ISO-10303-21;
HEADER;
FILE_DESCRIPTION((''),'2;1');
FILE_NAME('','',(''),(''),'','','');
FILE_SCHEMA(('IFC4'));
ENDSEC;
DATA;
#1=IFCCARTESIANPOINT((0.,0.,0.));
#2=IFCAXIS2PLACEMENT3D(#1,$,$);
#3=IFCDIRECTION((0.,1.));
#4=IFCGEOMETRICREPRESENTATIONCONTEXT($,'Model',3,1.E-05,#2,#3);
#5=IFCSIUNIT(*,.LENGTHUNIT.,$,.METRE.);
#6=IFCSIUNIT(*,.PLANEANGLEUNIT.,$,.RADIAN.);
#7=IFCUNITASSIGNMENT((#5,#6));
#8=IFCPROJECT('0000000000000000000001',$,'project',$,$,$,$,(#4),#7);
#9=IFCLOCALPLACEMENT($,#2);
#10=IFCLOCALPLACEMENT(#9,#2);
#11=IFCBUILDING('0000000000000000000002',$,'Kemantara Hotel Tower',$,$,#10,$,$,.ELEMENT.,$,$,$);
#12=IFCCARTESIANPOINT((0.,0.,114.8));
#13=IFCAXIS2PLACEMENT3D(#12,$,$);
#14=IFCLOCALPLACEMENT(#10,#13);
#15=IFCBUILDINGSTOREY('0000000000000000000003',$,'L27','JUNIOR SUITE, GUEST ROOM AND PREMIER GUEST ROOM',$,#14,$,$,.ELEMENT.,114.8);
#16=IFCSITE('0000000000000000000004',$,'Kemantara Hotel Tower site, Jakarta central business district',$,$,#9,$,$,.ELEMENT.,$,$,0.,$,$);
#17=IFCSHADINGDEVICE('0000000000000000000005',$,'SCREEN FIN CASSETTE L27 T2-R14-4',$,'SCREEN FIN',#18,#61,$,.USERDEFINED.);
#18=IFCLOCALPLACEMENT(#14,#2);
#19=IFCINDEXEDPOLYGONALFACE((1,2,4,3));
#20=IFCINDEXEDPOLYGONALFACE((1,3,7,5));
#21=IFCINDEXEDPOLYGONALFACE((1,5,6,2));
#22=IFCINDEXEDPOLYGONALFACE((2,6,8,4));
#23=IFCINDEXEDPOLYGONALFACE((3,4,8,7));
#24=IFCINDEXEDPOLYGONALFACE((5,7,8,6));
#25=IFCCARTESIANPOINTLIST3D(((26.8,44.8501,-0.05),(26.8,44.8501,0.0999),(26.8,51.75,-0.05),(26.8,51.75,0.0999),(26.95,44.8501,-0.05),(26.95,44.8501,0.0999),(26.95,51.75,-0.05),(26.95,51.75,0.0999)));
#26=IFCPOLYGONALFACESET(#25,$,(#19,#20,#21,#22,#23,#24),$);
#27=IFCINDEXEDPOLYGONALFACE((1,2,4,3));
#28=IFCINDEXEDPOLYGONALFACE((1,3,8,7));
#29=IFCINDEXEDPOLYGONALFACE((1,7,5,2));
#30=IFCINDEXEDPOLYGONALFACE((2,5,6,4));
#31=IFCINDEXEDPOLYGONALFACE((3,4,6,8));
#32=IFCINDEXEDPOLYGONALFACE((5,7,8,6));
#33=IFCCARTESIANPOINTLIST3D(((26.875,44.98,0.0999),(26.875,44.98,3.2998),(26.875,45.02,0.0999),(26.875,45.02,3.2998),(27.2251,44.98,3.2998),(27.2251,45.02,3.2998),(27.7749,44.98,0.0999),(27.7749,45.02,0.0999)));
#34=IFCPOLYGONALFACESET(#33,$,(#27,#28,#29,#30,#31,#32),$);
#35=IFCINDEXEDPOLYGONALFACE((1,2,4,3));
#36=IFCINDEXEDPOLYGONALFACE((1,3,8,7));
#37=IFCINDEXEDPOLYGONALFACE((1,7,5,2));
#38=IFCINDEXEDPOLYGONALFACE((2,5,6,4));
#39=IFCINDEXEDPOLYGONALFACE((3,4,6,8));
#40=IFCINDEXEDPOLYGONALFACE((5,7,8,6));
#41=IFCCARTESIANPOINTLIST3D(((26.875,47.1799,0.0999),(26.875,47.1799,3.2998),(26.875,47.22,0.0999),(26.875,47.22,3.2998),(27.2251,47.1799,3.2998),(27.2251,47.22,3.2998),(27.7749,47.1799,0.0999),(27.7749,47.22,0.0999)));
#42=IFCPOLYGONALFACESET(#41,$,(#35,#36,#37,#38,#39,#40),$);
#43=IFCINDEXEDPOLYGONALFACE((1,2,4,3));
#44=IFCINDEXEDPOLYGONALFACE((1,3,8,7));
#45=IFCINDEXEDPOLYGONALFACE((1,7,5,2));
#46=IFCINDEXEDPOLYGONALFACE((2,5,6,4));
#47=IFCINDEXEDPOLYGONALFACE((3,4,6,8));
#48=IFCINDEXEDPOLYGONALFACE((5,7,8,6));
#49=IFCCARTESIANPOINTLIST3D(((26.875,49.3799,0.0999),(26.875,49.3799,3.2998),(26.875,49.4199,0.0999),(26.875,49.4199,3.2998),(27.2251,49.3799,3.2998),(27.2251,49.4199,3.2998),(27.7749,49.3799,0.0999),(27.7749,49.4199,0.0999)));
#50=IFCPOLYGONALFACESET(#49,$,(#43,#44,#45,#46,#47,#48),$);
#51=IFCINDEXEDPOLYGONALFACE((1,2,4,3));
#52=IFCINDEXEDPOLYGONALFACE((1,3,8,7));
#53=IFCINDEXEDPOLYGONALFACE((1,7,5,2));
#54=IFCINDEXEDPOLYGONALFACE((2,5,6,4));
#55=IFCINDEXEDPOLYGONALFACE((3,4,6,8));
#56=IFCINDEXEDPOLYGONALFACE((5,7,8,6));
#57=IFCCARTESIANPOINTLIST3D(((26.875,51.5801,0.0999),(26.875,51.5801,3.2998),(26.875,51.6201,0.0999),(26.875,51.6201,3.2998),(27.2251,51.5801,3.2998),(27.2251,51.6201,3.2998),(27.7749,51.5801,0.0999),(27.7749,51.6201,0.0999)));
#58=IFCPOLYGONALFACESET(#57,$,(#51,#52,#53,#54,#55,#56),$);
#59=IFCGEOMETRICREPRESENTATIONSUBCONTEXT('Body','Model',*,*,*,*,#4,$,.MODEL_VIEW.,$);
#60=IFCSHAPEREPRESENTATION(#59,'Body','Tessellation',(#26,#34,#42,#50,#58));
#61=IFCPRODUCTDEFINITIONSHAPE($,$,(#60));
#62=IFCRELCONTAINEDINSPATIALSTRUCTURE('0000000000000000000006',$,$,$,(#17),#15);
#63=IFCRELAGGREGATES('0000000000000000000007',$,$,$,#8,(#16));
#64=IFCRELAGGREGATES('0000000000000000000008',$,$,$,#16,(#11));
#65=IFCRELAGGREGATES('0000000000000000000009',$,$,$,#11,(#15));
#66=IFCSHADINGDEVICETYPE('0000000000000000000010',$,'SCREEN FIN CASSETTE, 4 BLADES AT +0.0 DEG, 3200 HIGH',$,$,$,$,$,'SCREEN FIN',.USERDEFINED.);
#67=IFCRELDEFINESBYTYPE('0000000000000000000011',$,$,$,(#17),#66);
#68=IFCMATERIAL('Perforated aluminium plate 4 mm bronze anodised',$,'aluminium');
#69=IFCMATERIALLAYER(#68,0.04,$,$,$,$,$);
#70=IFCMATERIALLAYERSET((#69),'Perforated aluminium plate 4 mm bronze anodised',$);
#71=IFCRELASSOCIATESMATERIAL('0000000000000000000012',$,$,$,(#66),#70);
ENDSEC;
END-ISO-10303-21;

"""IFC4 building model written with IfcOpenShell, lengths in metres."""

from ifc_helpers import new_model, si_unit, direction, frame, origin, origin_2d, place, context, subcontext, project, spatial, polyline, rectangle, outline, extrude, source, transform, mapped, material, layer, layer_set, type_object, element, save


model = new_model("IFC4")

# Units and contexts
model_context = context("Model", 3, precision=1e-05, world=origin(), true_north=direction((0.0, 1.0)))
body_context = subcontext(model_context, "Body", "Model", "MODEL_VIEW")
ifc_project = project(units=[si_unit("LENGTHUNIT", "METRE"), si_unit("PLANEANGLEUNIT", "RADIAN")], contexts=[model_context])

# Site, building, storey
site_placement = place(None, origin())
site = spatial("IfcSite", under=ifc_project, at=site_placement, Name="Kemantara Hotel Tower site, Jakarta central business district", CompositionType="ELEMENT", RefElevation=0.0)
building_placement = place(site_placement, origin())
building = spatial("IfcBuilding", under=site, at=building_placement, Name="Kemantara Hotel Tower", CompositionType="ELEMENT")
storey_placement = place(building_placement, frame((0.0, 0.0, 114.8)))
storey = spatial("IfcBuildingStorey", under=building, at=storey_placement, Name="L27", Description="JUNIOR SUITE, GUEST ROOM AND PREMIER GUEST ROOM", CompositionType="ELEMENT", Elevation=114.8)

# Shading device
ifc_material_1 = material(Name="Perforated aluminium plate 4 mm bronze anodised", Category="aluminium")
ifc_layer_1 = layer(ifc_material_1, 0.04)
ifc_layer_set_1 = layer_set([ifc_layer_1], Name="Perforated aluminium plate 4 mm bronze anodised")
shading_device_type_1 = type_object("IfcShadingDeviceType", Name="SCREEN FIN CASSETTE, 4 BLADES AT +0.0 DEG, 3200 HIGH", ElementType="SCREEN FIN", PredefinedType="USERDEFINED", material=ifc_layer_set_1)
shared_shape_1 = source(origin(), body_context, "Body", "SweptSolid", [
    extrude(rectangle(XDim=6.8999, YDim=0.1499, at=origin_2d()), frame((3.3, -0.075, -0.1499), z_axis=(0.0, 0.0, 1.0), x_axis=(1.0, 0.0, 0.0)), (0.0, 0.0, 1.0), 0.1499),
    extrude(outline(polyline([(0.0, 0.0), (0.8999, 0.0), (0.3501, 3.2), (0.0, 3.2), (0.0, 0.0)])), frame((0.02, -0.075, 0.0), z_axis=(-1.0, 0.0, 0.0), x_axis=(0.0, -1.0, 0.0)), (0.0, 0.0, 1.0), 0.04),
    extrude(outline(polyline([(0.0, 0.0), (0.8999, 0.0), (0.3501, 3.2), (0.0, 3.2), (0.0, 0.0)])), frame((2.22, -0.075, 0.0), z_axis=(-1.0, 0.0, 0.0), x_axis=(0.0, -1.0, 0.0)), (0.0, 0.0, 1.0), 0.04),
    extrude(outline(polyline([(0.0, 0.0), (0.8999, 0.0), (0.3501, 3.2), (0.0, 3.2), (0.0, 0.0)])), frame((4.4199, -0.075, 0.0), z_axis=(-1.0, 0.0, 0.0), x_axis=(0.0, -1.0, 0.0)), (0.0, 0.0, 1.0), 0.04),
    extrude(outline(polyline([(0.0, 0.0), (0.8999, 0.0), (0.3501, 3.2), (0.0, 3.2), (0.0, 0.0)])), frame((6.6201, -0.075, 0.0), z_axis=(-1.0, 0.0, 0.0), x_axis=(0.0, -1.0, 0.0)), (0.0, 0.0, 1.0), 0.04),
])
shading_device_1_placement = place(storey_placement, frame((26.8, 45.0, 0.0999), z_axis=(0.0, 0.0, 1.0), x_axis=(0.0, 1.0, 0.0)))
element("IfcShadingDevice", 1, at=shading_device_1_placement, inside=storey, type_object=shading_device_type_1, Name="SCREEN FIN CASSETTE L27 T2-R14-4", ObjectType="SCREEN FIN", PredefinedType="USERDEFINED", context=body_context, shape_type="MappedRepresentation", body=[
    mapped(shared_shape_1, transform((0.0, 0.0, 0.0))),
])

save(model, "model.ifc")
